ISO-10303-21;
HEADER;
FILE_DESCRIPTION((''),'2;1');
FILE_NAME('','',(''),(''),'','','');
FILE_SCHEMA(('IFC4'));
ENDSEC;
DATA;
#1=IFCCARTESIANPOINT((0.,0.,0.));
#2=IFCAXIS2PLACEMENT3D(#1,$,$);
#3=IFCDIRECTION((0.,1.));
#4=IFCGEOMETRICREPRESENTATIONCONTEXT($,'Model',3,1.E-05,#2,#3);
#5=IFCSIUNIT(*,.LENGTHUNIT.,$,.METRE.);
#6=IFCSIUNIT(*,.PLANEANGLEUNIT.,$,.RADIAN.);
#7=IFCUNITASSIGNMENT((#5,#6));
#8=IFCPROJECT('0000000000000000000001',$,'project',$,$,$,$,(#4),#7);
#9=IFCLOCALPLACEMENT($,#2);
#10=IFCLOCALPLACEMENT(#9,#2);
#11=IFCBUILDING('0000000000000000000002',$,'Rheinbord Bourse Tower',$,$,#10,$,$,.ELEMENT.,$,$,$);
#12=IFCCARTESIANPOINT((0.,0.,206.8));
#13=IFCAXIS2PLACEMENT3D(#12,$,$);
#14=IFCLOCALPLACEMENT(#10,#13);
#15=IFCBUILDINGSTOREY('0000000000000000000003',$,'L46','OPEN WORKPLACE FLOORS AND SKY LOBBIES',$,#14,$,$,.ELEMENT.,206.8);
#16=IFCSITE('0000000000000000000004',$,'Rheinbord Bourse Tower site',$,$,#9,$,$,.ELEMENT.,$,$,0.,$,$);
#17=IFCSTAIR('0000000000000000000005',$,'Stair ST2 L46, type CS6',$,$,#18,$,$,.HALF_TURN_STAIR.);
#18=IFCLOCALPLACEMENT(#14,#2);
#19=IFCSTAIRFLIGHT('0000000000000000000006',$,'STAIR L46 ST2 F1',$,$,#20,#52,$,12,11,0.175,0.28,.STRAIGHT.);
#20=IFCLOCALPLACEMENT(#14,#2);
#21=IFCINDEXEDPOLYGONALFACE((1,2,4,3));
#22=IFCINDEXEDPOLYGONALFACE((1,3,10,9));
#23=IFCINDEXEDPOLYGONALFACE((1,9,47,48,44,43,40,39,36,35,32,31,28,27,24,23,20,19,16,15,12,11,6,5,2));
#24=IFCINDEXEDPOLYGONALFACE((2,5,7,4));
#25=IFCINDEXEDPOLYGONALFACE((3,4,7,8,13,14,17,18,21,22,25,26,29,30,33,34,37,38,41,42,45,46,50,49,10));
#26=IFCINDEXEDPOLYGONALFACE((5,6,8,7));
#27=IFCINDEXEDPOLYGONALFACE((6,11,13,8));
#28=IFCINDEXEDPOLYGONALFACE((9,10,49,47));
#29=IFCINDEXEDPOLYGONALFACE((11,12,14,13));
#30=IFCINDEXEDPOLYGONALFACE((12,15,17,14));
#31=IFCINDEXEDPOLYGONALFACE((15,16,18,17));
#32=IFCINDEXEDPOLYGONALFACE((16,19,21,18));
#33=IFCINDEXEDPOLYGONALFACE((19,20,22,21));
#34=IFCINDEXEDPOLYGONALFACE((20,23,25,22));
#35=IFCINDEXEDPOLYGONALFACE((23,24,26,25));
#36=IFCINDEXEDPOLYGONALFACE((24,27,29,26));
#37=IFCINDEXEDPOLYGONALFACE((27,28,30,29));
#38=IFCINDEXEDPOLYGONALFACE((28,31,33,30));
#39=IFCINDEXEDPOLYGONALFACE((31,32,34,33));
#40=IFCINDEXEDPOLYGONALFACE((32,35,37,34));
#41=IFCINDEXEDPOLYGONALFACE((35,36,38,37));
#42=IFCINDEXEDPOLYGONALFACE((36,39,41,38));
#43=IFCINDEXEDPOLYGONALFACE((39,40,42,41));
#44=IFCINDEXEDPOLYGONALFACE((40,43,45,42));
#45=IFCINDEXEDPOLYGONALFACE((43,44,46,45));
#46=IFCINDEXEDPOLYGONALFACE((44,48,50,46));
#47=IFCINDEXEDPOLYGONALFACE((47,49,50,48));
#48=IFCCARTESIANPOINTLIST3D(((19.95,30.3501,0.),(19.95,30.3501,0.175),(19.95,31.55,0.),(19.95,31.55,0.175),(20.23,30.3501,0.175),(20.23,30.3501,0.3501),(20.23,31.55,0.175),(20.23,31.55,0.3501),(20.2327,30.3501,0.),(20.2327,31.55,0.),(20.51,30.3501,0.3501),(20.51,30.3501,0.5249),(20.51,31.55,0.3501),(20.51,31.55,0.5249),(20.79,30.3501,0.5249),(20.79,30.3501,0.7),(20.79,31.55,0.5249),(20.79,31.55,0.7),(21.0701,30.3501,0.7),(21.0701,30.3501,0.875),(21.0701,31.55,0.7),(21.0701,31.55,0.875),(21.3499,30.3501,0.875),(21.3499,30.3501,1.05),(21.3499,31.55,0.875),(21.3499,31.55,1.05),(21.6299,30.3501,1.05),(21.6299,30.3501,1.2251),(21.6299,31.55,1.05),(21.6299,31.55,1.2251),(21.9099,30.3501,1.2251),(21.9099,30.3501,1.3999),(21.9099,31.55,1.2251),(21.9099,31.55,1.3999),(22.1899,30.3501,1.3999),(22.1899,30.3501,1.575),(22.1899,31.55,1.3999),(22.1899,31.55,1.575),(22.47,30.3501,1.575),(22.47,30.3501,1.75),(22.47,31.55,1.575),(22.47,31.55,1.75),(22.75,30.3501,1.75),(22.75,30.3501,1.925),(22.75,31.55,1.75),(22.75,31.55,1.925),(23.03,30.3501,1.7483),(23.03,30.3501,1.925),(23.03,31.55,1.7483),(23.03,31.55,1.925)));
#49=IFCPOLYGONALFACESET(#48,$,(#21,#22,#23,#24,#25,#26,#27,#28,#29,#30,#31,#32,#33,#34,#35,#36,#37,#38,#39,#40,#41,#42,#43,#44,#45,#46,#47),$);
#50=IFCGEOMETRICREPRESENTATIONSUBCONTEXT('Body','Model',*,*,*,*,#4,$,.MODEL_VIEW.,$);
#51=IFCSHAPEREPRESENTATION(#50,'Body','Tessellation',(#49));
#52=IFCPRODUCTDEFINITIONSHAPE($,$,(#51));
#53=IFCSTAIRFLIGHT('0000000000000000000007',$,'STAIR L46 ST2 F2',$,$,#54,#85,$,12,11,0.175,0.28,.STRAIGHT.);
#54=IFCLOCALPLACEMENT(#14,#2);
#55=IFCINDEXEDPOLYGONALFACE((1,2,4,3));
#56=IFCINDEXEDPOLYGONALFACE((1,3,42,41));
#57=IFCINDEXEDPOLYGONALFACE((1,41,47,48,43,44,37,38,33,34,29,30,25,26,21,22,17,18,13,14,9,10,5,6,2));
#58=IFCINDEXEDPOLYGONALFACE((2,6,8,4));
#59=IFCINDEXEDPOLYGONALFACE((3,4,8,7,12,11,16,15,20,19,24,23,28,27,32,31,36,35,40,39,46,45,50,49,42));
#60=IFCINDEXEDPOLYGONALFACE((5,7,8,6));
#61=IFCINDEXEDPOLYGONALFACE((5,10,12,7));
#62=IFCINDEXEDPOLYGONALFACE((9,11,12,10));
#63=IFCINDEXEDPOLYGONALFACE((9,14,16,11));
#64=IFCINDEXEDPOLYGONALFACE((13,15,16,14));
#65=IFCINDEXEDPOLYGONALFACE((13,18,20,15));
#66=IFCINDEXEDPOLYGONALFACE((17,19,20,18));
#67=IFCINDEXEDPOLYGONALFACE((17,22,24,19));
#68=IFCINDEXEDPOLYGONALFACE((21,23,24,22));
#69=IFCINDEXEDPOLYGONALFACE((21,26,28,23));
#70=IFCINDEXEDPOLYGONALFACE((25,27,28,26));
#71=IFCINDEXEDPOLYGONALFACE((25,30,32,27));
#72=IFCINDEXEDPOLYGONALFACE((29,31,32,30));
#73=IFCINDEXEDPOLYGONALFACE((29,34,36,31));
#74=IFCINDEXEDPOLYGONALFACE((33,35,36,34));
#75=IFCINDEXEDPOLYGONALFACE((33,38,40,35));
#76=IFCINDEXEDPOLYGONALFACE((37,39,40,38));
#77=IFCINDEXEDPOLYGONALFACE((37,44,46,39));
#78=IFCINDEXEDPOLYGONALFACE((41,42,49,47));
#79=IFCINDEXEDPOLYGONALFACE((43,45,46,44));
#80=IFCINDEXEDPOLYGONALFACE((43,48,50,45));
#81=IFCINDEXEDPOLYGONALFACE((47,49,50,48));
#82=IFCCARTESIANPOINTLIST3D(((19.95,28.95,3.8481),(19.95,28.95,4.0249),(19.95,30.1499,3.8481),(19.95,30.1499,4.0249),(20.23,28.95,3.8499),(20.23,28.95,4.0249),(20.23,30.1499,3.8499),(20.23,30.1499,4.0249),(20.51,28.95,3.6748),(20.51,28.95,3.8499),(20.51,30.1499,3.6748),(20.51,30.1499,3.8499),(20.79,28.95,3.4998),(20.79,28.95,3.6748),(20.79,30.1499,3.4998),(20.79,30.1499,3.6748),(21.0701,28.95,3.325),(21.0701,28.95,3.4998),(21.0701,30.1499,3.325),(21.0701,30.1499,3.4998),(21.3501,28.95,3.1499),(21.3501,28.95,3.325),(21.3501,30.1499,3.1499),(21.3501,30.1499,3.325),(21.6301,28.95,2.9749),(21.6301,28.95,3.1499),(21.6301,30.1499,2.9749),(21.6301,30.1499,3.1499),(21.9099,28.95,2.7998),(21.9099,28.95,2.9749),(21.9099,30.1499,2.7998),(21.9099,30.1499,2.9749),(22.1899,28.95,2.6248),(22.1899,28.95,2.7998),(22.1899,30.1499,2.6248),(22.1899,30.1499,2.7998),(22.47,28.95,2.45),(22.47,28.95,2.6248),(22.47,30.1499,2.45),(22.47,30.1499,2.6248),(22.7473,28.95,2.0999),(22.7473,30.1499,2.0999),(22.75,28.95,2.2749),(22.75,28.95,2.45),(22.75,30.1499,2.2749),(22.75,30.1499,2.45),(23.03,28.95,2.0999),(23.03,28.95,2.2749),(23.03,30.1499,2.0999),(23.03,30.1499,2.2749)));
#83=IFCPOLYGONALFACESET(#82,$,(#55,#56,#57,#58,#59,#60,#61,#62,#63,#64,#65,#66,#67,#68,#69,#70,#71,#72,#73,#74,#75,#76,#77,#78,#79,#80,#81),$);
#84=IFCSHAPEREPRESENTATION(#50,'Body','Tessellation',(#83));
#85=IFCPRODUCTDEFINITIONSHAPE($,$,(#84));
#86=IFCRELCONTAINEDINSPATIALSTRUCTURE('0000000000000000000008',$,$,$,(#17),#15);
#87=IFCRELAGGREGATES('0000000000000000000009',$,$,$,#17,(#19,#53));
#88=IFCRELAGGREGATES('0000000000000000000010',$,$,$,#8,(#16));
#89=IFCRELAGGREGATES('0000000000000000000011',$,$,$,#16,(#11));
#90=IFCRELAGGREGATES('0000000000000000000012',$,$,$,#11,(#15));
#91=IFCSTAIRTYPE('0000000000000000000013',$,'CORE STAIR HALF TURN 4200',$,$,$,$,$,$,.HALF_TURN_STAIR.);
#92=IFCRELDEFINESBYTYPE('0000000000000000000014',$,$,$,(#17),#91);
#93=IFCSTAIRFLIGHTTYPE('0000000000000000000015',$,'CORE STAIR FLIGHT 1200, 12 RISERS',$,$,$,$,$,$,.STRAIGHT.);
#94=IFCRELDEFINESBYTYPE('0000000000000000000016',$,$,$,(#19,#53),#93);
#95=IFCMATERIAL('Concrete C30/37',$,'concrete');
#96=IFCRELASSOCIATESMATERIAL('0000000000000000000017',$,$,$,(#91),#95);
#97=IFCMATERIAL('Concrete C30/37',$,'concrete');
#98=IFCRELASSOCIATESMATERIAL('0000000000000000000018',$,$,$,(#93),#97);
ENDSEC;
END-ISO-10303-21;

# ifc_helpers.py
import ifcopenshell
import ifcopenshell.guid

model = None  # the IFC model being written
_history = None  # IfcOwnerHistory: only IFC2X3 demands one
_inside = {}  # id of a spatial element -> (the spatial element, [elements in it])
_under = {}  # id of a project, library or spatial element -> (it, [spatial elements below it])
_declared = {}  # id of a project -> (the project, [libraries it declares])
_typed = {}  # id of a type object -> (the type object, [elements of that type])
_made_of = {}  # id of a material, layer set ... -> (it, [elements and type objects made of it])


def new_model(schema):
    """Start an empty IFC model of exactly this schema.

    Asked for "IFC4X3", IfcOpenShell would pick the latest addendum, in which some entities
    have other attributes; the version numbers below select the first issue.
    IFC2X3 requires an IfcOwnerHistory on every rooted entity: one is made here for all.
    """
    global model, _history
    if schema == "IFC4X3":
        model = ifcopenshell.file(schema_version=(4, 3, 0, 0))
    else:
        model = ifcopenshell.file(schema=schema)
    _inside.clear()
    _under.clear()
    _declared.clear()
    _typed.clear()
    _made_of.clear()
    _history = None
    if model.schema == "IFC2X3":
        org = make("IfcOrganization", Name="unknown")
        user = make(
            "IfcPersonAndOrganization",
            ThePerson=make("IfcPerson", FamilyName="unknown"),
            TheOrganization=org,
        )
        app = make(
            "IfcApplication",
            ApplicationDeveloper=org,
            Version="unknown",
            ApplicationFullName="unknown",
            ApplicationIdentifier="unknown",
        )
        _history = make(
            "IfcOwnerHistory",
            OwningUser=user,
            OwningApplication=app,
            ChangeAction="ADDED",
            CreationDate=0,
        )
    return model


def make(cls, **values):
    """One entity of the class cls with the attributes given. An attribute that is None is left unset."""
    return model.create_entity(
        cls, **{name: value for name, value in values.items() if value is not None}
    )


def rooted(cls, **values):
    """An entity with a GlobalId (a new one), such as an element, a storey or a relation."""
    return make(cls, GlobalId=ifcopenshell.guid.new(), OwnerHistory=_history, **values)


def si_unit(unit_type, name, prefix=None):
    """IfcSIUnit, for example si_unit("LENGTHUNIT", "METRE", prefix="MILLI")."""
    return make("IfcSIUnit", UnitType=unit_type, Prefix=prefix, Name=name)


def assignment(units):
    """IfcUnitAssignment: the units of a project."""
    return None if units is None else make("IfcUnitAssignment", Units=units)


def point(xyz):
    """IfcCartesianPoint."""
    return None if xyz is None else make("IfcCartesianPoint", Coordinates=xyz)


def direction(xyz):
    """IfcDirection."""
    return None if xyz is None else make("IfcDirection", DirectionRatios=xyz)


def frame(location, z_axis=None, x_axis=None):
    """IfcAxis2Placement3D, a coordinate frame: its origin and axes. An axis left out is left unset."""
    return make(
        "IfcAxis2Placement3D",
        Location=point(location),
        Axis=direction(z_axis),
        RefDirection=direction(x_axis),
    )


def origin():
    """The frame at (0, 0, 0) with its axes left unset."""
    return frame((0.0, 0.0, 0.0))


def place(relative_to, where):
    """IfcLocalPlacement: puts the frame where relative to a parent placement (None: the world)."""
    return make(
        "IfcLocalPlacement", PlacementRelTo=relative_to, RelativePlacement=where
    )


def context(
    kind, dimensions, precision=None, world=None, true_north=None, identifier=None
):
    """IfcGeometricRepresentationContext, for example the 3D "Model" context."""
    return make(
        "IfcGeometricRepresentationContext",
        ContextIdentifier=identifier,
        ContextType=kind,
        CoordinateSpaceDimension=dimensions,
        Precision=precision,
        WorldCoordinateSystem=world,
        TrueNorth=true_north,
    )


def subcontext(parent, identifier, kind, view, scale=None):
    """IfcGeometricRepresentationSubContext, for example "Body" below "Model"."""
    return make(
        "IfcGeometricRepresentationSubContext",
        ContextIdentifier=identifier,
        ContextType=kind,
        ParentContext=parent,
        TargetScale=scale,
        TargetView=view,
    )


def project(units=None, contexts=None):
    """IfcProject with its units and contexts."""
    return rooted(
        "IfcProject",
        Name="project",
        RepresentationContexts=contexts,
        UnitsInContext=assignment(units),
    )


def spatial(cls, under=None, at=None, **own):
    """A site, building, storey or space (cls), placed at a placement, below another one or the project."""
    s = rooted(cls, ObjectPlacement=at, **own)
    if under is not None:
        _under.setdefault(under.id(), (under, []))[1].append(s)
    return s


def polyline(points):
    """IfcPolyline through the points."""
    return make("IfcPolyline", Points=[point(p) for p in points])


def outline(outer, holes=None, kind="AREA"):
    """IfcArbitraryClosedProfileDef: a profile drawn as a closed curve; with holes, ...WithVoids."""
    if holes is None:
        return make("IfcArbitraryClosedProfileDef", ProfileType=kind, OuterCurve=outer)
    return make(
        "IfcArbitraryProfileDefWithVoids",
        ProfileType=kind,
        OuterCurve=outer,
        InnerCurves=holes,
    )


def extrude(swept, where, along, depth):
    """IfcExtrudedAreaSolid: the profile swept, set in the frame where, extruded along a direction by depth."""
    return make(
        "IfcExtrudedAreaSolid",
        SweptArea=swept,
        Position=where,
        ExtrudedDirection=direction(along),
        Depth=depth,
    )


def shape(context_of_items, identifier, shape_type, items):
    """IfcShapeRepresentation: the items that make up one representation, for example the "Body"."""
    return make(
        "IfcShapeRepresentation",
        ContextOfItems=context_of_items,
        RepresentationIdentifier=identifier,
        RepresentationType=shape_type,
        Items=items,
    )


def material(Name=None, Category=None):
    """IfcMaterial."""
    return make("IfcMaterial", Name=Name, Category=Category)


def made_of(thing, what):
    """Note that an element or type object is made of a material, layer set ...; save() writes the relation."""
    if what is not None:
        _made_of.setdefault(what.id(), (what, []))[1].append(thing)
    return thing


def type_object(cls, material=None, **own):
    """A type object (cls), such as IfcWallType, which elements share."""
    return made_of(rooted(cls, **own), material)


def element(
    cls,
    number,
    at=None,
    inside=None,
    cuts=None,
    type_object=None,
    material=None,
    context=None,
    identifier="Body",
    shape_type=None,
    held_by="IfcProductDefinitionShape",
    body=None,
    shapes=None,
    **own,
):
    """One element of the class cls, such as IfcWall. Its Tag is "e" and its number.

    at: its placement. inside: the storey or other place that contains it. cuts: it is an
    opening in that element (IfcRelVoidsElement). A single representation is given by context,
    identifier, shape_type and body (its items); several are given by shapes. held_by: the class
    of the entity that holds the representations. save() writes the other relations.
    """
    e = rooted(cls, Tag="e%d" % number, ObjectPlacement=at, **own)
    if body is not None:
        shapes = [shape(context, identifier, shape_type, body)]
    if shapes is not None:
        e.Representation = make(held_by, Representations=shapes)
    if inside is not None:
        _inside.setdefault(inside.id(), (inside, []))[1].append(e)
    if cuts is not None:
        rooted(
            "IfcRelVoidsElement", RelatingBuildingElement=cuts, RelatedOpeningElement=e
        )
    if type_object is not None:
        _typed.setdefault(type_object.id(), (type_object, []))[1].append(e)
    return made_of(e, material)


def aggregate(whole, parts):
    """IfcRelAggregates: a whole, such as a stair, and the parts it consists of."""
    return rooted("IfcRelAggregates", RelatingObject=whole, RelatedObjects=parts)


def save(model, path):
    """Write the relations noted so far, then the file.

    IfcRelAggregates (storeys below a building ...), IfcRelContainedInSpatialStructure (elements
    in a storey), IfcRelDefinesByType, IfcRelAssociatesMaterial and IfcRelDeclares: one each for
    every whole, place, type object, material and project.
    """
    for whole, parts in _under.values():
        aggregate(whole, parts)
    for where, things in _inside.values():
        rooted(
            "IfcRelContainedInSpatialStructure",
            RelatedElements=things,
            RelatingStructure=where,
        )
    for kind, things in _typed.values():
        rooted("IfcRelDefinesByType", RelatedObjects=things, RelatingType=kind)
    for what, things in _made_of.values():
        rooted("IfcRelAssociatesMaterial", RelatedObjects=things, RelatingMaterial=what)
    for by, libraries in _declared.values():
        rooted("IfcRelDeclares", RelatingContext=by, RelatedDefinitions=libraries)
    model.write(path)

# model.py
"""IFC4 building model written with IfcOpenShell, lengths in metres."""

from ifc_helpers import new_model, si_unit, direction, frame, origin, place, context, subcontext, project, spatial, polyline, outline, extrude, material, type_object, element, aggregate, save


model = new_model("IFC4")

# Units and contexts
model_context = context("Model", 3, precision=1e-05, world=origin(), true_north=direction((0.0, 1.0)))
body_context = subcontext(model_context, "Body", "Model", "MODEL_VIEW")
ifc_project = project(units=[si_unit("LENGTHUNIT", "METRE"), si_unit("PLANEANGLEUNIT", "RADIAN")], contexts=[model_context])

# Site, building, storey
site_placement = place(None, origin())
site = spatial("IfcSite", under=ifc_project, at=site_placement, Name="Rheinbord Bourse Tower site", CompositionType="ELEMENT", RefElevation=0.0)
building_placement = place(site_placement, origin())
building = spatial("IfcBuilding", under=site, at=building_placement, Name="Rheinbord Bourse Tower", CompositionType="ELEMENT")
storey_placement = place(building_placement, frame((0.0, 0.0, 206.8)))
storey = spatial("IfcBuildingStorey", under=building, at=storey_placement, Name="L46", Description="OPEN WORKPLACE FLOORS AND SKY LOBBIES", CompositionType="ELEMENT", Elevation=206.8)

# Stair, stair flights
ifc_material_1 = material(Name="Concrete C30/37", Category="concrete")
stair_type = type_object("IfcStairType", Name="CORE STAIR HALF TURN 4200", PredefinedType="HALF_TURN_STAIR", material=ifc_material_1)
stair_placement = place(storey_placement, origin())
stair = element("IfcStair", 1, at=stair_placement, inside=storey, type_object=stair_type, Name="Stair ST2 L46, type CS6", PredefinedType="HALF_TURN_STAIR")
ifc_material_2 = material(Name="Concrete C30/37", Category="concrete")
stair_flight_type = type_object("IfcStairFlightType", Name="CORE STAIR FLIGHT 1200, 12 RISERS", PredefinedType="STRAIGHT", material=ifc_material_2)
stair_flight_1_placement = place(storey_placement, frame((19.95, 30.95, 0.0), z_axis=(0.0, 0.0, 1.0), x_axis=(1.0, 0.0, 0.0)))
stair_flight_1 = element("IfcStairFlight", 2, at=stair_flight_1_placement, type_object=stair_flight_type, Name="STAIR L46 ST2 F1", NumberOfRisers=12, NumberOfTreads=11, PredefinedType="STRAIGHT", RiserHeight=0.175, TreadLength=0.28, context=body_context, shape_type="SweptSolid", body=[
    extrude(outline(polyline([(0.0, 0.0), (0.0, 0.175), (0.28, 0.175), (0.28, 0.3501), (0.5601, 0.3501), (0.5601, 0.5249), (0.8401, 0.5249), (0.8401, 0.7), (1.1201, 0.7), (1.1201, 0.875), (1.3999, 0.875), (1.3999, 1.05), (1.6799, 1.05), (1.6799, 1.2251), (1.96, 1.2251), (1.96, 1.3999), (2.24, 1.3999), (2.24, 1.575), (2.52, 1.575), (2.52, 1.75), (2.8, 1.75), (2.8, 1.925), (3.0801, 1.925), (3.0801, 2.1001), (3.0801, 1.7483), (0.2827, 0.0), (0.0, 0.0)])), frame((0.0, 0.6001, 0.0), z_axis=(0.0, -1.0, 0.0), x_axis=(1.0, 0.0, 0.0)), (0.0, 0.0, 1.0), 1.2),
])
stair_flight_2_placement = place(storey_placement, frame((23.03, 29.55, 2.0999), z_axis=(0.0, 0.0, 1.0), x_axis=(-1.0, 0.0, 0.0)))
stair_flight_2 = element("IfcStairFlight", 3, at=stair_flight_2_placement, type_object=stair_flight_type, Name="STAIR L46 ST2 F2", NumberOfRisers=12, NumberOfTreads=11, PredefinedType="STRAIGHT", RiserHeight=0.175, TreadLength=0.28, context=body_context, shape_type="SweptSolid", body=[
    extrude(outline(polyline([(0.0, 0.0), (0.0, 0.175), (0.28, 0.175), (0.28, 0.3501), (0.5601, 0.3501), (0.5601, 0.5249), (0.8401, 0.5249), (0.8401, 0.7), (1.1201, 0.7), (1.1201, 0.875), (1.3999, 0.875), (1.3999, 1.05), (1.6799, 1.05), (1.6799, 1.2251), (1.96, 1.2251), (1.96, 1.3999), (2.24, 1.3999), (2.24, 1.575), (2.52, 1.575), (2.52, 1.75), (2.8, 1.75), (2.8, 1.925), (3.0801, 1.925), (3.0801, 2.1001), (3.0801, 1.7483), (0.2827, 0.0), (0.0, 0.0)])), frame((0.0, 0.6001, 0.0), z_axis=(0.0, -1.0, 0.0), x_axis=(1.0, 0.0, 0.0)), (0.0, 0.0, 1.0), 1.2),
])
aggregate(stair, [stair_flight_1, stair_flight_2])

save(model, "model.ifc")
